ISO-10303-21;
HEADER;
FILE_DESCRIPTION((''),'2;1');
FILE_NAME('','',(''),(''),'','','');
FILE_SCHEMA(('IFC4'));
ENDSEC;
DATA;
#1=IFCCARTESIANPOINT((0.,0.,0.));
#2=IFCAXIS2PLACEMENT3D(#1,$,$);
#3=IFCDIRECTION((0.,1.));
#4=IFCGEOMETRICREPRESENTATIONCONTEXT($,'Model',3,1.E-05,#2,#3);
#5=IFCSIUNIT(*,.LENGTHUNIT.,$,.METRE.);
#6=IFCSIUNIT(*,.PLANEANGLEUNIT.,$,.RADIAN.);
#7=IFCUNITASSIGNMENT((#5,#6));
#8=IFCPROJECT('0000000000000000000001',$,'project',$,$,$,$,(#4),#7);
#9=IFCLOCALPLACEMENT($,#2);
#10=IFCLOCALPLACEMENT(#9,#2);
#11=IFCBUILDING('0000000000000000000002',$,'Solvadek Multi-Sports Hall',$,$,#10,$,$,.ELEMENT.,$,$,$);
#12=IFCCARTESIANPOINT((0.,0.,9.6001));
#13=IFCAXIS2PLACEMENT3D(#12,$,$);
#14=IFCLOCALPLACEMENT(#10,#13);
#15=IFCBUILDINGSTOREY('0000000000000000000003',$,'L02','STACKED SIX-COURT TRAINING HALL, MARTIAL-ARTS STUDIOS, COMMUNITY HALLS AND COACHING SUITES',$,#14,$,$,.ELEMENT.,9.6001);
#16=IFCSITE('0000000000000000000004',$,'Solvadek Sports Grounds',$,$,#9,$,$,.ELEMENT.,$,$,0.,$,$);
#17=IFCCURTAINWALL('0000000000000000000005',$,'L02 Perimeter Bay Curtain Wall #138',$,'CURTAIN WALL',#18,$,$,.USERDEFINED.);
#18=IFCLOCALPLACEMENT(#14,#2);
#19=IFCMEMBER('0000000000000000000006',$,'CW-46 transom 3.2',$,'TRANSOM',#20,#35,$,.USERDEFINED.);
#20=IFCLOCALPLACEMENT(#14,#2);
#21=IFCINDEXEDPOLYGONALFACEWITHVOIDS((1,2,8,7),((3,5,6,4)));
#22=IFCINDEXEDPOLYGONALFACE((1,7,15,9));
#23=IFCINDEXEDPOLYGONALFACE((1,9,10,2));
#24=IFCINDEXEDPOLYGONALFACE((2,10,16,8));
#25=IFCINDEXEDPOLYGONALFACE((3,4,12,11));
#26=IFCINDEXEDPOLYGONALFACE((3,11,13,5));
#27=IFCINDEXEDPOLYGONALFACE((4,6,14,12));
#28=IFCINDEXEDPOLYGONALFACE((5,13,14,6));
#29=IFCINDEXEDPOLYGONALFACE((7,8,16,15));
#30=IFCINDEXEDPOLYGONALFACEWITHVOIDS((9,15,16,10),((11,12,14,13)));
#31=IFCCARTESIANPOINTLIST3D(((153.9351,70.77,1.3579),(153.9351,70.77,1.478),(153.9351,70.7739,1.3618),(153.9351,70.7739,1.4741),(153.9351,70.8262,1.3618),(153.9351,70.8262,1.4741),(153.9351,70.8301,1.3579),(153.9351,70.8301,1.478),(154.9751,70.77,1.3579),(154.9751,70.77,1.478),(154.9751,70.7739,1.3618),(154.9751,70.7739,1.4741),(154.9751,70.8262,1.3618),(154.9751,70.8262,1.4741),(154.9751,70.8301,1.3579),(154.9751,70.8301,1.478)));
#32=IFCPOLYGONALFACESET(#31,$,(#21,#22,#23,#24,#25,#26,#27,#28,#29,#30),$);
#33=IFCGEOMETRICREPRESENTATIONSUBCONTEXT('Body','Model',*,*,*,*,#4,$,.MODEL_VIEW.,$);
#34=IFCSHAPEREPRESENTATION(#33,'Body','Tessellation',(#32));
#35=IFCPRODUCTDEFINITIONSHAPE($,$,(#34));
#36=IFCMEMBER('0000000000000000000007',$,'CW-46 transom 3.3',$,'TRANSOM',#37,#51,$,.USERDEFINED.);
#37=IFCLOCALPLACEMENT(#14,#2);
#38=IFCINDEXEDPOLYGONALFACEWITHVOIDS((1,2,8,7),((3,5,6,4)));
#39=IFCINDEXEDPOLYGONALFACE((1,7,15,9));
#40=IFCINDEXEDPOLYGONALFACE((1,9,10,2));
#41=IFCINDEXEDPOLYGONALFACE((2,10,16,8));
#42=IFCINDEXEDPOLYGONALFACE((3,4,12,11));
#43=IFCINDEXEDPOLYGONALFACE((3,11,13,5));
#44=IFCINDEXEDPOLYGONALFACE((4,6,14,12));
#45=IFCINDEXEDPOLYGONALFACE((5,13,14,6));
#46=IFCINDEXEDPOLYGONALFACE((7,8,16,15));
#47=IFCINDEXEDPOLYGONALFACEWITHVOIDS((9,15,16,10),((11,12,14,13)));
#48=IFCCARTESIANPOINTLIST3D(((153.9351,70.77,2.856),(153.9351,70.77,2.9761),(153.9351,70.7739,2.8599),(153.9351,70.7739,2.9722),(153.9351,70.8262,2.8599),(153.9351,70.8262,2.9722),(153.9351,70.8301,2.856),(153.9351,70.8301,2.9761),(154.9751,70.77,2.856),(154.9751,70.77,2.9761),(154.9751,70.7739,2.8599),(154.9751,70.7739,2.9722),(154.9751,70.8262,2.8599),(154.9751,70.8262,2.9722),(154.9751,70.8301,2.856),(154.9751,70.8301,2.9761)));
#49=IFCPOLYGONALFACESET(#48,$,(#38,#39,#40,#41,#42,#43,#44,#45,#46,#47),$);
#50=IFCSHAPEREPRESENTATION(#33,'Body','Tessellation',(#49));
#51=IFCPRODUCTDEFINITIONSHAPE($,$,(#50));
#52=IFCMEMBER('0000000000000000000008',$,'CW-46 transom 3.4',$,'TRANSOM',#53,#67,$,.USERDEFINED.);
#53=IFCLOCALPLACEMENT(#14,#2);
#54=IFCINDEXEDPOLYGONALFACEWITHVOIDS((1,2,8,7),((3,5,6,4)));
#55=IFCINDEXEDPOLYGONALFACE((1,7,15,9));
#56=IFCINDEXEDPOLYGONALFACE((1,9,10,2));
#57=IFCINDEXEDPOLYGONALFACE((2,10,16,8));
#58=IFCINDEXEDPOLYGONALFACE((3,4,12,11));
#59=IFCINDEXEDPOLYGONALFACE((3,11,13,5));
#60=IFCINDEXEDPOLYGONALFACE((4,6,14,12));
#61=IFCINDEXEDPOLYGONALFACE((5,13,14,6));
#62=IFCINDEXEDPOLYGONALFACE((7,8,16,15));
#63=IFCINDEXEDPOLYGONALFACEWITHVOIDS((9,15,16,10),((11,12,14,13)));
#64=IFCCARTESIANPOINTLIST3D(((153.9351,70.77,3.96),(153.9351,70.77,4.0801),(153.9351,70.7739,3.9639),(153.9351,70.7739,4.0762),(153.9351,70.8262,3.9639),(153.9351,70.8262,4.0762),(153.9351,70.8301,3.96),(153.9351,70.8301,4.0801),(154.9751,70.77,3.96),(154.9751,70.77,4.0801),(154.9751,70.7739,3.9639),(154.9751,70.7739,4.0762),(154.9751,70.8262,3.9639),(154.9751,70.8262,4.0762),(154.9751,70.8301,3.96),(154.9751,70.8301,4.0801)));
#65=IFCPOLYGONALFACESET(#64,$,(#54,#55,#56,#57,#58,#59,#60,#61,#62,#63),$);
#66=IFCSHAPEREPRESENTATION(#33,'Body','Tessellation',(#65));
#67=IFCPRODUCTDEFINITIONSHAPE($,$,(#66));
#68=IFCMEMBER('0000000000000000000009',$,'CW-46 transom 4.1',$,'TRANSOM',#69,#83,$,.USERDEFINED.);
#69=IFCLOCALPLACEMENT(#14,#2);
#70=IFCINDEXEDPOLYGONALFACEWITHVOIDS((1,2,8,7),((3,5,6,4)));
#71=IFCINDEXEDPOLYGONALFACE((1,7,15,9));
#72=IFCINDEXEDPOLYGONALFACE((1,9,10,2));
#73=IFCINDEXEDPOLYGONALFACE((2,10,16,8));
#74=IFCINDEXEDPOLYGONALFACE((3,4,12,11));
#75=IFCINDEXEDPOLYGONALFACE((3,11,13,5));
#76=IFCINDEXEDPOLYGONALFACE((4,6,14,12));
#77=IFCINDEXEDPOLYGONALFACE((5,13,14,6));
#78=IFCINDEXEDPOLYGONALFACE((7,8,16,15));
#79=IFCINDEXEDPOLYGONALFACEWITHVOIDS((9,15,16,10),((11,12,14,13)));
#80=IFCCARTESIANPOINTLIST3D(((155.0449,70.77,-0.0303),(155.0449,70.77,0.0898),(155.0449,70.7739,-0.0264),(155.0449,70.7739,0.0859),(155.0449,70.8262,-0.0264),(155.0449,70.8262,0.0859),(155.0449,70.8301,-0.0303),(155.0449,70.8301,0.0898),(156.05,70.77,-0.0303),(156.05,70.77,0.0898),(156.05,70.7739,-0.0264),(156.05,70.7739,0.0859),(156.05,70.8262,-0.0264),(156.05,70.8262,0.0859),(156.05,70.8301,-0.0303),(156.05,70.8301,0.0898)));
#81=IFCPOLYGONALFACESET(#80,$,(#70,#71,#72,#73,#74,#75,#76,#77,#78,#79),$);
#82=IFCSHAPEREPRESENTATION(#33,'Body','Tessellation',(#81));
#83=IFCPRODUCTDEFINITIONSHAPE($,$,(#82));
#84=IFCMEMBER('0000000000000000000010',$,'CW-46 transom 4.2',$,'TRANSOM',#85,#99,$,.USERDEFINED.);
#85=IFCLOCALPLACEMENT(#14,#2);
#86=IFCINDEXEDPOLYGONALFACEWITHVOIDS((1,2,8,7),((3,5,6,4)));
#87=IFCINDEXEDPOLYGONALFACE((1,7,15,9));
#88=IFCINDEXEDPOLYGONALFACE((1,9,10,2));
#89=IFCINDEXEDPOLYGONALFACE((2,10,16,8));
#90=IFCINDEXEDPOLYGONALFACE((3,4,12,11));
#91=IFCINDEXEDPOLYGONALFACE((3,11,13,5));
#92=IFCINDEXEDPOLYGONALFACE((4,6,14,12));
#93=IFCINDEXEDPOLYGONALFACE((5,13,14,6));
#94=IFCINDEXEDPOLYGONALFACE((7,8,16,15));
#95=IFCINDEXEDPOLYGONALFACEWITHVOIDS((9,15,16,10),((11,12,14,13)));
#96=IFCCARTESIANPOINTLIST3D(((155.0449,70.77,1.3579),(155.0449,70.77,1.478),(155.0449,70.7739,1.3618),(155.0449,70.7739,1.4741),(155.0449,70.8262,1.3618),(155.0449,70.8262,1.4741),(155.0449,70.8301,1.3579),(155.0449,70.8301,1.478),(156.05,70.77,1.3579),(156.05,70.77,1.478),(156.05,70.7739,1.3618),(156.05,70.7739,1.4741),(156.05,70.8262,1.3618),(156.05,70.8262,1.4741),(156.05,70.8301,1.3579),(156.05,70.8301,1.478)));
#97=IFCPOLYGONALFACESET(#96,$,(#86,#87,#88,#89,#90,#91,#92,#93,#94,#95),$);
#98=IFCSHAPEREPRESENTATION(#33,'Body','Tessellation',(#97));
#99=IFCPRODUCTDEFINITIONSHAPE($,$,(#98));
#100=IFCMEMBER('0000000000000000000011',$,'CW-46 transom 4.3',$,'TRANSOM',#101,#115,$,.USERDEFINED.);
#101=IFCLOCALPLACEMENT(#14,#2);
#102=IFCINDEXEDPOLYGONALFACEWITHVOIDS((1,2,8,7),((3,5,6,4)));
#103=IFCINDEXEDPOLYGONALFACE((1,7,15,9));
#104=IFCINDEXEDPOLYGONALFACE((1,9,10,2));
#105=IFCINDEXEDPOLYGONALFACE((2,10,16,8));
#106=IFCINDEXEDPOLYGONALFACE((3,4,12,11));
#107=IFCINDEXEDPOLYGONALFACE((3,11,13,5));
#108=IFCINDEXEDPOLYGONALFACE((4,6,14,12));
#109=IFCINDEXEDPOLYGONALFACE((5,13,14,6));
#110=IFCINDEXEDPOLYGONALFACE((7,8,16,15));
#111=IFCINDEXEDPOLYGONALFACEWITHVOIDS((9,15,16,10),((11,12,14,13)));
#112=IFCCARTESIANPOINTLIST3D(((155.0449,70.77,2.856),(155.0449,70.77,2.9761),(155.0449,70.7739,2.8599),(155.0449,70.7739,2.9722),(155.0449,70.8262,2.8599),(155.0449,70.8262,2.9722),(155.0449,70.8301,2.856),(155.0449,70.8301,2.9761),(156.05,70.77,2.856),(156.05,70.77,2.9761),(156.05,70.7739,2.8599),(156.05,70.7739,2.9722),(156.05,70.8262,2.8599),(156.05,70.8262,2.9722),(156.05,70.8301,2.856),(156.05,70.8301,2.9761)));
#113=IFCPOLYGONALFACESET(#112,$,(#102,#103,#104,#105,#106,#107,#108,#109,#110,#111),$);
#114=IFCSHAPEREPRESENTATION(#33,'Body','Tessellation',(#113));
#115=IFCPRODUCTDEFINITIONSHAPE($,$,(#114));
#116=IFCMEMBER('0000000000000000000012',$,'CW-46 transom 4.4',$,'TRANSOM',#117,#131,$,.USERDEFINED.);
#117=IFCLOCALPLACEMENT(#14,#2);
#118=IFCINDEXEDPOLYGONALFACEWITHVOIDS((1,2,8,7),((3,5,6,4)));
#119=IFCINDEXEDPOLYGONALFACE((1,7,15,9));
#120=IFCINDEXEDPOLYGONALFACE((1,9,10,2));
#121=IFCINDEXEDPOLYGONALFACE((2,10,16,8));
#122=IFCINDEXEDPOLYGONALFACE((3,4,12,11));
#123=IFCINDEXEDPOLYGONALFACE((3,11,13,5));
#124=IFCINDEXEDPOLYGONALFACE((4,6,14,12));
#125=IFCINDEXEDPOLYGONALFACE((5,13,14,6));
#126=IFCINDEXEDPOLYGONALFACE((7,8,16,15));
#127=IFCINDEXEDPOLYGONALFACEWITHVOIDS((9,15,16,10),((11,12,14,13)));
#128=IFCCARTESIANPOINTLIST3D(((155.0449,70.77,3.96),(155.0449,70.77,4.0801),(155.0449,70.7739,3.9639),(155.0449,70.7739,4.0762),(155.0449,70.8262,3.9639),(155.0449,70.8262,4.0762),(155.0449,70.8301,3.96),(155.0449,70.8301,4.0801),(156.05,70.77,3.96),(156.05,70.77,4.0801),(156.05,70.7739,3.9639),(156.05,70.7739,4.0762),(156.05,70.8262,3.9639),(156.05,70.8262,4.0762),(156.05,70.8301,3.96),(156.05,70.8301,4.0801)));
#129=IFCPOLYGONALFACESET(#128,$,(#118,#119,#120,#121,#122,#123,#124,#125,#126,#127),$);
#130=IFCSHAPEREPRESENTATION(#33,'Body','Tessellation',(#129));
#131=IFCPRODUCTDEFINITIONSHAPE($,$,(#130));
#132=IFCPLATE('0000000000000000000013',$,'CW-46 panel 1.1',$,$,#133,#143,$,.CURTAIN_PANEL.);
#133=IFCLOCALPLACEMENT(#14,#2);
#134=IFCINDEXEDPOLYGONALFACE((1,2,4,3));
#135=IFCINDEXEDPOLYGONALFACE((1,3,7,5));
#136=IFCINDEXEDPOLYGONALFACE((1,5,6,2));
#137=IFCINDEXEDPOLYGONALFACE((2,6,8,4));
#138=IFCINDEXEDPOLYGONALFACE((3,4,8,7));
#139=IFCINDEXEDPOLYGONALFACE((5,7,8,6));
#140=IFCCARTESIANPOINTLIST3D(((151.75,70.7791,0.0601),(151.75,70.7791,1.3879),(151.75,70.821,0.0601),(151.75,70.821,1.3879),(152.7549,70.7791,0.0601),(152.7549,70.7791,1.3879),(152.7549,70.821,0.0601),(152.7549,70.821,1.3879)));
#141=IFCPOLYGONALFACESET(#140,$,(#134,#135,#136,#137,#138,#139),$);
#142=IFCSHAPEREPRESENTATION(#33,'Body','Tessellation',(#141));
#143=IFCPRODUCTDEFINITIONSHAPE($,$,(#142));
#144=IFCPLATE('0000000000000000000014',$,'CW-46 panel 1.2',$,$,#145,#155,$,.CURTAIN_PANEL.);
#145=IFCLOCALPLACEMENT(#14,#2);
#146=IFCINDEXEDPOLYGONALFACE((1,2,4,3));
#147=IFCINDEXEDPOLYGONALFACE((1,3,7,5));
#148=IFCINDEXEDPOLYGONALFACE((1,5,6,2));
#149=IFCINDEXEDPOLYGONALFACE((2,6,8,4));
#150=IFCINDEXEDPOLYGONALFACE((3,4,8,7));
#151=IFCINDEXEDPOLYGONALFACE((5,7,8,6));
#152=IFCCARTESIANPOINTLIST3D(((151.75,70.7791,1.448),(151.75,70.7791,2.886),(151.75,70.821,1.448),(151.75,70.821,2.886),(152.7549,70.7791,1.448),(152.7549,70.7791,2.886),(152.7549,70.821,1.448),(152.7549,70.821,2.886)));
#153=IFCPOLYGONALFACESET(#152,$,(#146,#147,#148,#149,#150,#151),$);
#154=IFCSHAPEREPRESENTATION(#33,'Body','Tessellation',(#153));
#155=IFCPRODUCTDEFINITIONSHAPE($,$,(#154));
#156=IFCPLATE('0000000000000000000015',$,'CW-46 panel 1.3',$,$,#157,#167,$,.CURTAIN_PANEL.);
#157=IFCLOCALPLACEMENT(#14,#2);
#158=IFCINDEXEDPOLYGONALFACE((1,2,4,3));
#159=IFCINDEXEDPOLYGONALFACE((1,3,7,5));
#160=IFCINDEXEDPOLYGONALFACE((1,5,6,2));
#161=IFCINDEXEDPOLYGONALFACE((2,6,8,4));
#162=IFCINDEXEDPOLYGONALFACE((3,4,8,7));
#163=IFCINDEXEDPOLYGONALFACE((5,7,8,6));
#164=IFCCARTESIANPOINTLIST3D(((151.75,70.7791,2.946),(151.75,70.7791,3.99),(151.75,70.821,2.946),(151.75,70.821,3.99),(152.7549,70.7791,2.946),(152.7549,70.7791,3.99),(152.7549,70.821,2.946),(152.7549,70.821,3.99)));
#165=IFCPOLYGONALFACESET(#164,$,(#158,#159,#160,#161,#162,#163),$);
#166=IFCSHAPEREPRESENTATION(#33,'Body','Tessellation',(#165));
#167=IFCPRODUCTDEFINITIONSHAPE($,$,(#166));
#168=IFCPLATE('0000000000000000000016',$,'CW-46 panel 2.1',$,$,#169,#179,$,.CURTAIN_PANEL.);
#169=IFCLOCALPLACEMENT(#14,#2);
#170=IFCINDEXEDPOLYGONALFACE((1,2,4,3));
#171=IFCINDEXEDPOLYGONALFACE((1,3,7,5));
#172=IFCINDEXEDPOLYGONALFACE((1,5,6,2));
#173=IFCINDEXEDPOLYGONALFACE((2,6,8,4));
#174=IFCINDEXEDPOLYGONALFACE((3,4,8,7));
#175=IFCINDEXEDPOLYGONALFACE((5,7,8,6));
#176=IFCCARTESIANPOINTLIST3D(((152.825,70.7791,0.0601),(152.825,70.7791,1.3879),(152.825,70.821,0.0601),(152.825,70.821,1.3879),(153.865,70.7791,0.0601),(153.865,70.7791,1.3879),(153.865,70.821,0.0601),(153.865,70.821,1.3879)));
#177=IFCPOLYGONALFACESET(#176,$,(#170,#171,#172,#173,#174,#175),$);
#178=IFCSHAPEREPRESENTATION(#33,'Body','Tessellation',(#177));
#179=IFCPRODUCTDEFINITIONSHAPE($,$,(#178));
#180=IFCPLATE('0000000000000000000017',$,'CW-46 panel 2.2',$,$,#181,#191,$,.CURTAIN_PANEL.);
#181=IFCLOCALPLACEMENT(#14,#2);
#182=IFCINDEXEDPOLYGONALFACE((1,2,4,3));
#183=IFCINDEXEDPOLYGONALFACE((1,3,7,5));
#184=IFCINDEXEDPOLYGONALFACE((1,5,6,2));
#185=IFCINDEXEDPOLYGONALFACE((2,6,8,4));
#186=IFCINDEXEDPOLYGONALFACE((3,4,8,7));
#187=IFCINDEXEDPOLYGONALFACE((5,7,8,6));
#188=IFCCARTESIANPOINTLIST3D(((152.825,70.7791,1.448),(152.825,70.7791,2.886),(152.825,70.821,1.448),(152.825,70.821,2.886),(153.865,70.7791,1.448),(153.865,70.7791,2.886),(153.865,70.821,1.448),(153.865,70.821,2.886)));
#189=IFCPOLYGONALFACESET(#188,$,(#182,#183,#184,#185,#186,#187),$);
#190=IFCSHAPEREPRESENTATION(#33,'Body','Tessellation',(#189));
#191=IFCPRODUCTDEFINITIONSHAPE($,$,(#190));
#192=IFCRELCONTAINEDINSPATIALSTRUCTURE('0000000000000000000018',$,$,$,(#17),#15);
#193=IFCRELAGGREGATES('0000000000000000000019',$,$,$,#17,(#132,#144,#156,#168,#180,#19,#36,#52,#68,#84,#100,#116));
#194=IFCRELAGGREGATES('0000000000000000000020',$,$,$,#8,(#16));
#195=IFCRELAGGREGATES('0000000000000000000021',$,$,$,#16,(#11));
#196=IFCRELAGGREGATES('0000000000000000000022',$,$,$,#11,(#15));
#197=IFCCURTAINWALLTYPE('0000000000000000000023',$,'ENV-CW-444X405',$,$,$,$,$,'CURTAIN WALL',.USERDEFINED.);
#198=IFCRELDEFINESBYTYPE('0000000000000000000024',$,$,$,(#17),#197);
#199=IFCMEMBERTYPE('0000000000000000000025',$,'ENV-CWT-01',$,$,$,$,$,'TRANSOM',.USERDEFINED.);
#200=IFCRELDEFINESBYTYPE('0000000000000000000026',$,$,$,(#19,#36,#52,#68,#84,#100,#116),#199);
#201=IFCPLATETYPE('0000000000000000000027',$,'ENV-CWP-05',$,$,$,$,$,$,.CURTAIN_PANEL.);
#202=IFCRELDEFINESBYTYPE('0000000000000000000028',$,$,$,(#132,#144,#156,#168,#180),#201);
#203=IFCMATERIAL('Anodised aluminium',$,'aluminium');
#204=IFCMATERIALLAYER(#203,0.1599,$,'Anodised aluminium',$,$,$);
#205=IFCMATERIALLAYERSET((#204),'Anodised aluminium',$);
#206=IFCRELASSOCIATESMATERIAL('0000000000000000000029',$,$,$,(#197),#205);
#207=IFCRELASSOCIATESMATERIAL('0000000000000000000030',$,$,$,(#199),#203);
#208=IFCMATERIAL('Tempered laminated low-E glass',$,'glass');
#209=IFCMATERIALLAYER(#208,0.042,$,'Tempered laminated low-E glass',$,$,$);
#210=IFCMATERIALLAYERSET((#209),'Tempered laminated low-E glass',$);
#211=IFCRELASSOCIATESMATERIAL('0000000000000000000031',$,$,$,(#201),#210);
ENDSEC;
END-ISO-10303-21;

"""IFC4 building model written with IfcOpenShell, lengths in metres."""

from ifc_helpers import new_model, si_unit, direction, frame, origin, origin_2d, place, context, subcontext, project, spatial, rectangle, hollow_rectangle, extrude, material, layer, layer_set, material_profile, profile_set, type_object, element, aggregate, save


model = new_model("IFC4")

# Units and contexts
model_context = context("Model", 3, precision=1e-05, world=origin(), true_north=direction((0.0, 1.0)))
body_context = subcontext(model_context, "Body", "Model", "MODEL_VIEW")
ifc_project = project(units=[si_unit("LENGTHUNIT", "METRE"), si_unit("PLANEANGLEUNIT", "RADIAN")], contexts=[model_context])

# Site, building, storey
site_placement = place(None, origin())
site = spatial("IfcSite", under=ifc_project, at=site_placement, Name="Solvadek Sports Grounds", CompositionType="ELEMENT", RefElevation=0.0)
building_placement = place(site_placement, origin())
building = spatial("IfcBuilding", under=site, at=building_placement, Name="Solvadek Multi-Sports Hall", CompositionType="ELEMENT")
storey_placement = place(building_placement, frame((0.0, 0.0, 9.6001)))
storey = spatial("IfcBuildingStorey", under=building, at=storey_placement, Name="L02", Description="STACKED SIX-COURT TRAINING HALL, MARTIAL-ARTS STUDIOS, COMMUNITY HALLS AND COACHING SUITES", CompositionType="ELEMENT", Elevation=9.6001)

# Curtain wall, members, plates
ifc_material_1 = material(Name="Anodised aluminium", Category="aluminium")
ifc_layer_1 = layer(ifc_material_1, 0.1599, Name="Anodised aluminium")
ifc_layer_set_1 = layer_set([ifc_layer_1], Name="Anodised aluminium")
curtain_wall_type = type_object("IfcCurtainWallType", Name="ENV-CW-444X405", ElementType="CURTAIN WALL", PredefinedType="USERDEFINED", material=ifc_layer_set_1)
curtain_wall_placement = place(storey_placement, origin())
curtain_wall = element("IfcCurtainWall", 1, at=curtain_wall_placement, inside=storey, type_object=curtain_wall_type, Name="L02 Perimeter Bay Curtain Wall #138", ObjectType="CURTAIN WALL", PredefinedType="USERDEFINED")
ifc_material_profile_1 = material_profile(ifc_material_1, hollow_rectangle(XDim=0.0601, YDim=0.1201, WallThickness=0.0039, at=origin_2d()), Name="ALU-T 120x60x4")
ifc_profile_set_1 = profile_set([ifc_material_profile_1], Name="Anodised aluminium")
member_type_1 = type_object("IfcMemberType", Name="ENV-CWT-01", ElementType="TRANSOM", PredefinedType="USERDEFINED", material=ifc_profile_set_1)
member_1_placement = place(storey_placement, frame((153.9351, 70.8, 1.418), z_axis=(1.0, 0.0, 0.0), x_axis=(0.0, 1.0, 0.0)))
member_1 = element("IfcMember", 2, at=member_1_placement, type_object=member_type_1, Name="CW-46 transom 3.2", ObjectType="TRANSOM", PredefinedType="USERDEFINED", context=body_context, shape_type="SweptSolid", body=[
    extrude(hollow_rectangle(XDim=0.0601, YDim=0.1201, WallThickness=0.0039, at=origin_2d()), origin(), (0.0, 0.0, 1.0), 1.04),
])
member_2_placement = place(storey_placement, frame((153.9351, 70.8, 2.916), z_axis=(1.0, 0.0, 0.0), x_axis=(0.0, 1.0, 0.0)))
member_2 = element("IfcMember", 3, at=member_2_placement, type_object=member_type_1, Name="CW-46 transom 3.3", ObjectType="TRANSOM", PredefinedType="USERDEFINED", context=body_context, shape_type="SweptSolid", body=[
    extrude(hollow_rectangle(XDim=0.0601, YDim=0.1201, WallThickness=0.0039, at=origin_2d()), origin(), (0.0, 0.0, 1.0), 1.04),
])
member_3_placement = place(storey_placement, frame((153.9351, 70.8, 4.02), z_axis=(1.0, 0.0, 0.0), x_axis=(0.0, 1.0, 0.0)))
member_3 = element("IfcMember", 4, at=member_3_placement, type_object=member_type_1, Name="CW-46 transom 3.4", ObjectType="TRANSOM", PredefinedType="USERDEFINED", context=body_context, shape_type="SweptSolid", body=[
    extrude(hollow_rectangle(XDim=0.0601, YDim=0.1201, WallThickness=0.0039, at=origin_2d()), origin(), (0.0, 0.0, 1.0), 1.04),
])
member_4_placement = place(storey_placement, frame((155.0449, 70.8, 0.0298), z_axis=(1.0, 0.0, 0.0), x_axis=(0.0, 1.0, 0.0)))
member_4 = element("IfcMember", 5, at=member_4_placement, type_object=member_type_1, Name="CW-46 transom 4.1", ObjectType="TRANSOM", PredefinedType="USERDEFINED", context=body_context, shape_type="SweptSolid", body=[
    extrude(hollow_rectangle(XDim=0.0601, YDim=0.1201, WallThickness=0.0039, at=origin_2d()), origin(), (0.0, 0.0, 1.0), 1.0051),
])
member_5_placement = place(storey_placement, frame((155.0449, 70.8, 1.418), z_axis=(1.0, 0.0, 0.0), x_axis=(0.0, 1.0, 0.0)))
member_5 = element("IfcMember", 6, at=member_5_placement, type_object=member_type_1, Name="CW-46 transom 4.2", ObjectType="TRANSOM", PredefinedType="USERDEFINED", context=body_context, shape_type="SweptSolid", body=[
    extrude(hollow_rectangle(XDim=0.0601, YDim=0.1201, WallThickness=0.0039, at=origin_2d()), origin(), (0.0, 0.0, 1.0), 1.0051),
])
member_6_placement = place(storey_placement, frame((155.0449, 70.8, 2.916), z_axis=(1.0, 0.0, 0.0), x_axis=(0.0, 1.0, 0.0)))
member_6 = element("IfcMember", 7, at=member_6_placement, type_object=member_type_1, Name="CW-46 transom 4.3", ObjectType="TRANSOM", PredefinedType="USERDEFINED", context=body_context, shape_type="SweptSolid", body=[
    extrude(hollow_rectangle(XDim=0.0601, YDim=0.1201, WallThickness=0.0039, at=origin_2d()), origin(), (0.0, 0.0, 1.0), 1.0051),
])
member_7_placement = place(storey_placement, frame((155.0449, 70.8, 4.02), z_axis=(1.0, 0.0, 0.0), x_axis=(0.0, 1.0, 0.0)))
member_7 = element("IfcMember", 8, at=member_7_placement, type_object=member_type_1, Name="CW-46 transom 4.4", ObjectType="TRANSOM", PredefinedType="USERDEFINED", context=body_context, shape_type="SweptSolid", body=[
    extrude(hollow_rectangle(XDim=0.0601, YDim=0.1201, WallThickness=0.0039, at=origin_2d()), origin(), (0.0, 0.0, 1.0), 1.0051),
])
ifc_material_2 = material(Name="Tempered laminated low-E glass", Category="glass")
ifc_layer_2 = layer(ifc_material_2, 0.042, Name="Tempered laminated low-E glass")
ifc_layer_set_2 = layer_set([ifc_layer_2], Name="Tempered laminated low-E glass")
plate_type = type_object("IfcPlateType", Name="ENV-CWP-05", PredefinedType="CURTAIN_PANEL", material=ifc_layer_set_2)
plate_1_placement = place(storey_placement, frame((152.2524, 70.8, 0.0601), z_axis=(0.0, 0.0, 1.0), x_axis=(1.0, 0.0, 0.0)))
plate_1 = element("IfcPlate", 9, at=plate_1_placement, type_object=plate_type, Name="CW-46 panel 1.1", PredefinedType="CURTAIN_PANEL", context=body_context, shape_type="SweptSolid", body=[
    extrude(rectangle(XDim=1.0049, YDim=0.042, at=origin_2d()), origin(), (0.0, 0.0, 1.0), 1.3279),
])
plate_2_placement = place(storey_placement, frame((152.2524, 70.8, 1.448), z_axis=(0.0, 0.0, 1.0), x_axis=(1.0, 0.0, 0.0)))
plate_2 = element("IfcPlate", 10, at=plate_2_placement, type_object=plate_type, Name="CW-46 panel 1.2", PredefinedType="CURTAIN_PANEL", context=body_context, shape_type="SweptSolid", body=[
    extrude(rectangle(XDim=1.0049, YDim=0.042, at=origin_2d()), origin(), (0.0, 0.0, 1.0), 1.438),
])
plate_3_placement = place(storey_placement, frame((152.2524, 70.8, 2.946), z_axis=(0.0, 0.0, 1.0), x_axis=(1.0, 0.0, 0.0)))
plate_3 = element("IfcPlate", 11, at=plate_3_placement, type_object=plate_type, Name="CW-46 panel 1.3", PredefinedType="CURTAIN_PANEL", context=body_context, shape_type="SweptSolid", body=[
    extrude(rectangle(XDim=1.0049, YDim=0.042, at=origin_2d()), origin(), (0.0, 0.0, 1.0), 1.0439),
])
plate_4_placement = place(storey_placement, frame((153.345, 70.8, 0.0601), z_axis=(0.0, 0.0, 1.0), x_axis=(1.0, 0.0, 0.0)))
plate_4 = element("IfcPlate", 12, at=plate_4_placement, type_object=plate_type, Name="CW-46 panel 2.1", PredefinedType="CURTAIN_PANEL", context=body_context, shape_type="SweptSolid", body=[
    extrude(rectangle(XDim=1.04, YDim=0.042, at=origin_2d()), origin(), (0.0, 0.0, 1.0), 1.3279),
])
plate_5_placement = place(storey_placement, frame((153.345, 70.8, 1.448), z_axis=(0.0, 0.0, 1.0), x_axis=(1.0, 0.0, 0.0)))
plate_5 = element("IfcPlate", 13, at=plate_5_placement, type_object=plate_type, Name="CW-46 panel 2.2", PredefinedType="CURTAIN_PANEL", context=body_context, shape_type="SweptSolid", body=[
    extrude(rectangle(XDim=1.04, YDim=0.042, at=origin_2d()), origin(), (0.0, 0.0, 1.0), 1.438),
])
aggregate(curtain_wall, [plate_1, plate_2, plate_3, plate_4, plate_5, member_1, member_2, member_3, member_4, member_5, member_6, member_7])

save(model, "model.ifc")
